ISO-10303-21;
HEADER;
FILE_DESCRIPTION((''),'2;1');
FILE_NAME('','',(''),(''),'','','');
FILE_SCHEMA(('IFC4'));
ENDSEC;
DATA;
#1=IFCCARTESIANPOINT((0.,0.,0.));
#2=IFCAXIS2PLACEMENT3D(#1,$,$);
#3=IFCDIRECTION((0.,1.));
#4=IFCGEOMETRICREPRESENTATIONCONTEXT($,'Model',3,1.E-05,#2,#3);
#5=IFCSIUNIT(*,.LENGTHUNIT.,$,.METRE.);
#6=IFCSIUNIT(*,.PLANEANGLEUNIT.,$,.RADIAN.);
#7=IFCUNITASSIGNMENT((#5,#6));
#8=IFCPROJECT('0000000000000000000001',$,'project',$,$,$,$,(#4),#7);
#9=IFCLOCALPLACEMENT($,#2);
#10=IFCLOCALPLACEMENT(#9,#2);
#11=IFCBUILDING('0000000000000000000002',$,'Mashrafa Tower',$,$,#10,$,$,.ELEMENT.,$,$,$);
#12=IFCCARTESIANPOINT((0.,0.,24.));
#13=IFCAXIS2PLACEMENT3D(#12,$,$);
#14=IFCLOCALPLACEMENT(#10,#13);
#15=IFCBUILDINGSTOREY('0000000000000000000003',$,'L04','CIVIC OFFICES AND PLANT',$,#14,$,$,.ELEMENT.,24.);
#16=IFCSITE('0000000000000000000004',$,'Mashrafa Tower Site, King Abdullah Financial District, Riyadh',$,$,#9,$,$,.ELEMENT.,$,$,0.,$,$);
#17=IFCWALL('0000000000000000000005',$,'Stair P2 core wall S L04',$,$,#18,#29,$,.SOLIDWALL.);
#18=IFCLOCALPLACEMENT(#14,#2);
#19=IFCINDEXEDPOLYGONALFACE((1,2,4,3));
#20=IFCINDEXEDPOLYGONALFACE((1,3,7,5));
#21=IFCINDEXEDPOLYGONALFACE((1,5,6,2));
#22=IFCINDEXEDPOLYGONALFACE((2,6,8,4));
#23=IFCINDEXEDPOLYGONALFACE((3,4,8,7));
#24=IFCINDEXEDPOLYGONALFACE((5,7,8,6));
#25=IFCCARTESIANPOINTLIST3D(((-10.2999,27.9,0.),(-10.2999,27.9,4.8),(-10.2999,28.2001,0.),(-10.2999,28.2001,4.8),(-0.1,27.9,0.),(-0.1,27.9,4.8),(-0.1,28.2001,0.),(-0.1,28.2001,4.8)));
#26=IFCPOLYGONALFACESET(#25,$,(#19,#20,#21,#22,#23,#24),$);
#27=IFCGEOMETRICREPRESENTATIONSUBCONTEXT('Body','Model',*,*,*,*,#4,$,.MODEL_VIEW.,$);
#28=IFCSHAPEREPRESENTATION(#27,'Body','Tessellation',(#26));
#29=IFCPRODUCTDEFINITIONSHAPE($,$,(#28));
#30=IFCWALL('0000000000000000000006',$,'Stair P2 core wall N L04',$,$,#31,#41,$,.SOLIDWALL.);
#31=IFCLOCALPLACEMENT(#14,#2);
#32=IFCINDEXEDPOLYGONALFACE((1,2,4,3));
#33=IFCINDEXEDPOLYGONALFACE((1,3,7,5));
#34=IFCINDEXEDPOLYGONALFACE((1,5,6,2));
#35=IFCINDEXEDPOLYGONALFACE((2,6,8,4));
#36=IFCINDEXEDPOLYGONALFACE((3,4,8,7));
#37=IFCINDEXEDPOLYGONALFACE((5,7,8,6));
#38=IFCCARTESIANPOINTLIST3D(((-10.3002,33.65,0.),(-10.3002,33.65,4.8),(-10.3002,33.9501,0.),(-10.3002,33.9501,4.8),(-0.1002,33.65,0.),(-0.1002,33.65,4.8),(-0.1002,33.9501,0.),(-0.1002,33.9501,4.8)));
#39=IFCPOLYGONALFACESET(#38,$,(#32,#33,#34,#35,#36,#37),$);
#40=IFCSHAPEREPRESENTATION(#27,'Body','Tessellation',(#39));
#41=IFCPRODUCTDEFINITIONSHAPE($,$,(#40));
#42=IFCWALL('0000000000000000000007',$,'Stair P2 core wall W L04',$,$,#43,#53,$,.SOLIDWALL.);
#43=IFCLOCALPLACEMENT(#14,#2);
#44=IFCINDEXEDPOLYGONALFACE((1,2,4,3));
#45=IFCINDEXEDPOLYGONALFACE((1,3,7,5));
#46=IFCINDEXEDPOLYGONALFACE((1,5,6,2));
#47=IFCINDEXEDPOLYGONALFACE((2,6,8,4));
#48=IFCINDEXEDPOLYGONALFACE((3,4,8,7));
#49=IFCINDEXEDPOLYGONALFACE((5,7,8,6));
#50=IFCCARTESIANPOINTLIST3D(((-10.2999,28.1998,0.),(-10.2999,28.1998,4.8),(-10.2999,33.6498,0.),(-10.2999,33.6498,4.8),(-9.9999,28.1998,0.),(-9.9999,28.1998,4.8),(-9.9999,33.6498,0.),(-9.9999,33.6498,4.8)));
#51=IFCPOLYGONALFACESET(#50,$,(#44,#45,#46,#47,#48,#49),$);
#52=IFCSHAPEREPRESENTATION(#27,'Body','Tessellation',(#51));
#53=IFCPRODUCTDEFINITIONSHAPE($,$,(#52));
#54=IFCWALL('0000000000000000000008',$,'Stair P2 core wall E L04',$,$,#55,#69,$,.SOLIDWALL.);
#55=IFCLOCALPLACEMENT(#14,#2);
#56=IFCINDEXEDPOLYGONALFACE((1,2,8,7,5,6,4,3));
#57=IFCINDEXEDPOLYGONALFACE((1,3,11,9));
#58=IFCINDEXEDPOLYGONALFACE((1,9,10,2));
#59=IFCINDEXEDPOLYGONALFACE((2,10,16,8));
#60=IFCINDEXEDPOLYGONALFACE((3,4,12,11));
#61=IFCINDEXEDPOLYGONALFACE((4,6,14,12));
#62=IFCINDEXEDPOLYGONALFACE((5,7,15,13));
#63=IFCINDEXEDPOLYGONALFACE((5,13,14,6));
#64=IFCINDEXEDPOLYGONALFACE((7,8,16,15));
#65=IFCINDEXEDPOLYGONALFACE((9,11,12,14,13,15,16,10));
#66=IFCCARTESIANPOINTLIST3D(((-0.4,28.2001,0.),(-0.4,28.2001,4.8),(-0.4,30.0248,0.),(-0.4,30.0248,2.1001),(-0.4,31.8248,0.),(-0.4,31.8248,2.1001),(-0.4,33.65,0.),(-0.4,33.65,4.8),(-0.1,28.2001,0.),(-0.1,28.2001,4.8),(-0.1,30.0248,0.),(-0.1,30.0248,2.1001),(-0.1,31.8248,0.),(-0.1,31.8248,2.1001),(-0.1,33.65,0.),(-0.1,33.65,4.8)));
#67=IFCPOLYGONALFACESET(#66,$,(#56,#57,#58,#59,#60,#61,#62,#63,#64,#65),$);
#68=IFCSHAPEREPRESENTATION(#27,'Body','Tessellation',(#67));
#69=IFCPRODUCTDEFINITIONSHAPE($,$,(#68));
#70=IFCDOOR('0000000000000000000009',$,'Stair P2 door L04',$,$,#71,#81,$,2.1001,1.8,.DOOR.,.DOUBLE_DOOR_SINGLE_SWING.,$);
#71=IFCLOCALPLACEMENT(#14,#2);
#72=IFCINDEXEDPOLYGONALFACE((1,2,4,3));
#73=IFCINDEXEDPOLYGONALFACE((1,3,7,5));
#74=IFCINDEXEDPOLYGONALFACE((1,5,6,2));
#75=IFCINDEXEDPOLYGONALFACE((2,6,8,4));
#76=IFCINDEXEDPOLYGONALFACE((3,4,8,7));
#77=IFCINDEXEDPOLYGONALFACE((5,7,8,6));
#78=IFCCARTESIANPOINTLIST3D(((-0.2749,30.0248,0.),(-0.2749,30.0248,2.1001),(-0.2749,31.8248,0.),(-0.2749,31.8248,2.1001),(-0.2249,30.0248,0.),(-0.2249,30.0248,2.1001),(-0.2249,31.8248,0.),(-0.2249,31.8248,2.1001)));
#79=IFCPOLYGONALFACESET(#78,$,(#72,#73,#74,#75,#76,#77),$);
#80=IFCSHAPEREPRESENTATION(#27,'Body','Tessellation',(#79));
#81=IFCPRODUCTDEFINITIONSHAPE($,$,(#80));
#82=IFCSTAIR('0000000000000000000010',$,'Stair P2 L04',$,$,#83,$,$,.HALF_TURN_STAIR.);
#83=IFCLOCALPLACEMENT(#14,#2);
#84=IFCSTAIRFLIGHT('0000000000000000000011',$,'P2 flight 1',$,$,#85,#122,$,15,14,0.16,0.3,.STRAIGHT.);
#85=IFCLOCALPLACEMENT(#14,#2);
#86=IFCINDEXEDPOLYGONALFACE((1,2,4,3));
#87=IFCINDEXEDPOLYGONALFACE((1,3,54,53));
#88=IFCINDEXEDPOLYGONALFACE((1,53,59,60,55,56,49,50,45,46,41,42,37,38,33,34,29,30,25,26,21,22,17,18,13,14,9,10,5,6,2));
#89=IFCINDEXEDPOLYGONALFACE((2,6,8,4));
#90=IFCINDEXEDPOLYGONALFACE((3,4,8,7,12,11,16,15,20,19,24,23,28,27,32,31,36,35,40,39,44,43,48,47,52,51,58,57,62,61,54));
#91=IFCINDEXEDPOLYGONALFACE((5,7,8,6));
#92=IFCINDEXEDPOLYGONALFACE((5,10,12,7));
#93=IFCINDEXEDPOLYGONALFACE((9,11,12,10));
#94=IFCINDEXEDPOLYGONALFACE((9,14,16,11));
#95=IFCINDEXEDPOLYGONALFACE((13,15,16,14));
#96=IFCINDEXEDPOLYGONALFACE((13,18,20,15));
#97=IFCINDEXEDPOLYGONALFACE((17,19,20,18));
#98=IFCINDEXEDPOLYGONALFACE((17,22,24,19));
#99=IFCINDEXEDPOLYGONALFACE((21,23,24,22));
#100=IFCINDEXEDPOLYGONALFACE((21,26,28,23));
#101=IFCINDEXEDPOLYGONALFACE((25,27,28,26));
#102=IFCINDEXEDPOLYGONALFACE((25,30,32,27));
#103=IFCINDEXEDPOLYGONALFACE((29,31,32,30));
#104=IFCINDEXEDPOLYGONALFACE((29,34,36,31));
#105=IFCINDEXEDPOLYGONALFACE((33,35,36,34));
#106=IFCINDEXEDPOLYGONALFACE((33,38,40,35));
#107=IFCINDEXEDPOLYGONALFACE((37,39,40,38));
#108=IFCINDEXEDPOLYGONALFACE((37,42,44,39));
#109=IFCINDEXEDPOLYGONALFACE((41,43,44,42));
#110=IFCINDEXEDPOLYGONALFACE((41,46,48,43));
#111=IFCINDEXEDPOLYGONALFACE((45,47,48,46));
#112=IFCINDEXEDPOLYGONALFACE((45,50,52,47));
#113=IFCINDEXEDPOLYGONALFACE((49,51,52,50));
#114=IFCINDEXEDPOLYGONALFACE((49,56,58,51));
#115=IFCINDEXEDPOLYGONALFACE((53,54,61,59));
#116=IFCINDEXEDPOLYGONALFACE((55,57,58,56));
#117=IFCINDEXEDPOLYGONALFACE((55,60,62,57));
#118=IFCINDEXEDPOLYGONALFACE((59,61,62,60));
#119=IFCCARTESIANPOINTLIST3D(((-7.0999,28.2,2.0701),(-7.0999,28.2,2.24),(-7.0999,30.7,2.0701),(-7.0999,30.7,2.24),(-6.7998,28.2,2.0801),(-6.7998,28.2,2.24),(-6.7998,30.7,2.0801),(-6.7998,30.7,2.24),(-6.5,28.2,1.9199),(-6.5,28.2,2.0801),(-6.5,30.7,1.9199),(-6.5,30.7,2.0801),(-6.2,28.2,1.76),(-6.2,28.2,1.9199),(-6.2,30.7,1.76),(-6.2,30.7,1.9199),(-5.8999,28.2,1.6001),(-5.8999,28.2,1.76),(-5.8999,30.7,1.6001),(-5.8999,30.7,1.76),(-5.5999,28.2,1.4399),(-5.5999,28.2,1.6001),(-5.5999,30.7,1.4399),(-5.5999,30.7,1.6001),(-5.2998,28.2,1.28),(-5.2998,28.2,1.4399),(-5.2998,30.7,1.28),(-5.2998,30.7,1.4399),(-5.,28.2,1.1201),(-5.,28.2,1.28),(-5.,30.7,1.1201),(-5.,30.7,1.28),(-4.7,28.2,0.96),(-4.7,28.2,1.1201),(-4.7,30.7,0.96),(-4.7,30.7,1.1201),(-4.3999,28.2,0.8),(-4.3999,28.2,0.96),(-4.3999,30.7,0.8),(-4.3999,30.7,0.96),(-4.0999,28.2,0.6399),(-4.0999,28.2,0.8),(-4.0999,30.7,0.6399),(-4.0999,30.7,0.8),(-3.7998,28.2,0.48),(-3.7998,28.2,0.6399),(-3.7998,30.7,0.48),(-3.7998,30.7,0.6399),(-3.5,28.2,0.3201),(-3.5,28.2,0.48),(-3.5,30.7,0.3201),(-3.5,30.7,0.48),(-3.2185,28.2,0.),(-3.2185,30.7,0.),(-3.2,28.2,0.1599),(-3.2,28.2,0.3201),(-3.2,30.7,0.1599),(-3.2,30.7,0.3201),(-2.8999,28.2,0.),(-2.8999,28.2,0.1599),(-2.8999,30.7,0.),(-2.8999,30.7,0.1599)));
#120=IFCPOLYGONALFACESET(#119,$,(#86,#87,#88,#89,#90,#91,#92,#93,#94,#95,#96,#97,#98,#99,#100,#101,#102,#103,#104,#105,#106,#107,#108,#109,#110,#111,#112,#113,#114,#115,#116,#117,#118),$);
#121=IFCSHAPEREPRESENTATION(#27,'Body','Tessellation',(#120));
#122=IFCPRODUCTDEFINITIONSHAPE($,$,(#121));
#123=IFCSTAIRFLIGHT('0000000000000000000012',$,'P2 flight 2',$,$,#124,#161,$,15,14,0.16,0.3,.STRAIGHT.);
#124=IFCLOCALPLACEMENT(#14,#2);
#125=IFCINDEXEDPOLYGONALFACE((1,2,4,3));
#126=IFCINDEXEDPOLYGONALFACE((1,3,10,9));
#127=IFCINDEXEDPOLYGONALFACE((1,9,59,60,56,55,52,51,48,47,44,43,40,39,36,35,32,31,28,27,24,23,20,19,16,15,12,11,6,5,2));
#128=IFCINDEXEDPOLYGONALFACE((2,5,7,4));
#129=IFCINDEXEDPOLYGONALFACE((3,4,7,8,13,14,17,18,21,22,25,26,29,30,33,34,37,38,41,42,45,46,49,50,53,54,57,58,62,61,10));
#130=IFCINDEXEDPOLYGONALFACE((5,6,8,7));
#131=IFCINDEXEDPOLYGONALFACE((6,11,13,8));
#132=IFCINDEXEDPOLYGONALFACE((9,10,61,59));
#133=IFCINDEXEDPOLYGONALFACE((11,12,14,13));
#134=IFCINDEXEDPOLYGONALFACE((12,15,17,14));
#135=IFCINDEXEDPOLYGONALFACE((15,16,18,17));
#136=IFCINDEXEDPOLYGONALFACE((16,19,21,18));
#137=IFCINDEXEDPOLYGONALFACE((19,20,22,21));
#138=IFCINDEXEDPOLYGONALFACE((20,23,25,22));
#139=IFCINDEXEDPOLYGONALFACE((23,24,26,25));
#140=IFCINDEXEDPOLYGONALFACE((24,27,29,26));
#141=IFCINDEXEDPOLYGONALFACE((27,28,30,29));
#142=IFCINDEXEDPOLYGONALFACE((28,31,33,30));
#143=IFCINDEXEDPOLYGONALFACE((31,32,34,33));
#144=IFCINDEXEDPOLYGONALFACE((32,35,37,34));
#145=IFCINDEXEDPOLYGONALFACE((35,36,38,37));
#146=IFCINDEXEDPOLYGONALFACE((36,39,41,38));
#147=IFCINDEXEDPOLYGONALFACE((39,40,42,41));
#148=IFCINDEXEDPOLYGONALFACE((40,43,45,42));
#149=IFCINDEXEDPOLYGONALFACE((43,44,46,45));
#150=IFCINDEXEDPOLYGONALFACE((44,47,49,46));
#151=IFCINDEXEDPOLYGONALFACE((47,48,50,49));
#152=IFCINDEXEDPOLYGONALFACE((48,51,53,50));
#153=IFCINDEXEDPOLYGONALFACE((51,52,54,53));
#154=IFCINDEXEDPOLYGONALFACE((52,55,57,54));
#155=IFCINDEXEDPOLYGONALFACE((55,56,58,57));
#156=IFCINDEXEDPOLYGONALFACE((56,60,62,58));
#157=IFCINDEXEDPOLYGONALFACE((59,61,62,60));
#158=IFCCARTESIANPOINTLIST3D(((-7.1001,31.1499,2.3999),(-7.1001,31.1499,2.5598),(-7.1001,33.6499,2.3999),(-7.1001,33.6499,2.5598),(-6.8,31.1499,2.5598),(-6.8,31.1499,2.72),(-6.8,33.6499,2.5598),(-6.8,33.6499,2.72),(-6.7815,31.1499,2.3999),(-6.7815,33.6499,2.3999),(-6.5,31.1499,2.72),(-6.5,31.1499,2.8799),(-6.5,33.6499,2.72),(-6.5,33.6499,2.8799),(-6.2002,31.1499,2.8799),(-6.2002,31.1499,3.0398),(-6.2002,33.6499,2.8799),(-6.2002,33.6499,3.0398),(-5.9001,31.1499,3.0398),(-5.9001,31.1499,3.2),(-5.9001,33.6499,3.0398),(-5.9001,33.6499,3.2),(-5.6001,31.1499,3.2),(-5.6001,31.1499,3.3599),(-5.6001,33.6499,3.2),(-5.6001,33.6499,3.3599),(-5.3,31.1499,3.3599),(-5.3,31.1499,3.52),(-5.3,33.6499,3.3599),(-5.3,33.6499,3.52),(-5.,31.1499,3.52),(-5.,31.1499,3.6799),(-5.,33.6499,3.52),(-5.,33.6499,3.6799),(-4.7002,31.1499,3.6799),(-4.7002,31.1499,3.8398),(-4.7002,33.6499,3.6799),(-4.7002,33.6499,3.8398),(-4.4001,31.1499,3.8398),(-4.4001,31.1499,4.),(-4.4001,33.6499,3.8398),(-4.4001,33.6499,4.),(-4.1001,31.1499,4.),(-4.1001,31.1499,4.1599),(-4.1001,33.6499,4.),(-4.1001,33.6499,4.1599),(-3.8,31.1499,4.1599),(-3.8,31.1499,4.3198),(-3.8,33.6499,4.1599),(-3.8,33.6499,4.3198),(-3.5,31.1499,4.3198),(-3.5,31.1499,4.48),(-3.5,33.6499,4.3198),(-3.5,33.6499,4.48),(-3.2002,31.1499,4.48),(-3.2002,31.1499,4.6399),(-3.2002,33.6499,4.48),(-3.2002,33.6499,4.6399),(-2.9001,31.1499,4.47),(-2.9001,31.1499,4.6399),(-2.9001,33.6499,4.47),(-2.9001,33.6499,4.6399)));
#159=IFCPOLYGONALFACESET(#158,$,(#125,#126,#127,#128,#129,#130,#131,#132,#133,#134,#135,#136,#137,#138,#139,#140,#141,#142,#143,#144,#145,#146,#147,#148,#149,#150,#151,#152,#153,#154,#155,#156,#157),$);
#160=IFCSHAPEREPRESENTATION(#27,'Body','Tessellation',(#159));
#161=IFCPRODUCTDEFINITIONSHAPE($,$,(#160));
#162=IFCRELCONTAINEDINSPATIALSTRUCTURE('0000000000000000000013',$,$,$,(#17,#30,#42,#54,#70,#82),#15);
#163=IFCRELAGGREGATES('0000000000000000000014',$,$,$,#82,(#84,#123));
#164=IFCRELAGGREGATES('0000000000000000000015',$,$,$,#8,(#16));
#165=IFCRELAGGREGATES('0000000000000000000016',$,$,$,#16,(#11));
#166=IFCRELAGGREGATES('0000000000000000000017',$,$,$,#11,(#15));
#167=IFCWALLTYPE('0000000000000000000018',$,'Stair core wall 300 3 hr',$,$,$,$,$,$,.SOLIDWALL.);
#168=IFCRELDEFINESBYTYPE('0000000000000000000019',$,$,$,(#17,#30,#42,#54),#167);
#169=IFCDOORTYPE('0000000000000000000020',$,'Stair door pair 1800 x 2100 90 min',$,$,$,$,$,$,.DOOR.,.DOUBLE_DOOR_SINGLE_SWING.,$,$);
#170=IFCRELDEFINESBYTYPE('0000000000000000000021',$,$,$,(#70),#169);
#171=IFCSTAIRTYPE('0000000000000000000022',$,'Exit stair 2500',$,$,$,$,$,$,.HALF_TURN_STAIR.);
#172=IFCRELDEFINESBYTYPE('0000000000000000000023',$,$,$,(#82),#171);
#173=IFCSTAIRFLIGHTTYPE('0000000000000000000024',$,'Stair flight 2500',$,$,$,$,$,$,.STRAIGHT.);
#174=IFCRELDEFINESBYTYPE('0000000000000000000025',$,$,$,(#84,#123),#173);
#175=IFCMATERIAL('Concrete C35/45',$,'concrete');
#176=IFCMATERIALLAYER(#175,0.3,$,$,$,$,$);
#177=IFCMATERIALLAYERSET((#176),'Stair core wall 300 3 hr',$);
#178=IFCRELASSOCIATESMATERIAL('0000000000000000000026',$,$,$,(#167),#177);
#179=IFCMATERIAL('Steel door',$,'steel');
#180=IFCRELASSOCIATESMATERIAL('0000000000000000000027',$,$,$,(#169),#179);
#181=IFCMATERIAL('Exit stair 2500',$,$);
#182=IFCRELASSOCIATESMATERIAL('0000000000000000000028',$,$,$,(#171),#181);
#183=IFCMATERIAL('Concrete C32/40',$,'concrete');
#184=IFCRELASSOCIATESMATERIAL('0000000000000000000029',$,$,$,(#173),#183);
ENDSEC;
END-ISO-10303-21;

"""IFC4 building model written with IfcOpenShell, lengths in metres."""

from ifc_helpers import new_model, si_unit, direction, frame, frame_2d, origin, place, context, subcontext, project, spatial, polyline, rectangle, outline, extrude, material, layer, layer_set, type_object, element, fill, aggregate, save


model = new_model("IFC4")

# Units and contexts
model_context = context("Model", 3, precision=1e-05, world=origin(), true_north=direction((0.0, 1.0)))
body_context = subcontext(model_context, "Body", "Model", "MODEL_VIEW")
ifc_project = project(units=[si_unit("LENGTHUNIT", "METRE"), si_unit("PLANEANGLEUNIT", "RADIAN")], contexts=[model_context])

# Site, building, storey
site_placement = place(None, origin())
site = spatial("IfcSite", under=ifc_project, at=site_placement, Name="Mashrafa Tower Site, King Abdullah Financial District, Riyadh", CompositionType="ELEMENT", RefElevation=0.0)
building_placement = place(site_placement, origin())
building = spatial("IfcBuilding", under=site, at=building_placement, Name="Mashrafa Tower", CompositionType="ELEMENT")
storey_placement = place(building_placement, frame((0.0, 0.0, 24.0)))
storey = spatial("IfcBuildingStorey", under=building, at=storey_placement, Name="L04", Description="CIVIC OFFICES AND PLANT", CompositionType="ELEMENT", Elevation=24.0)

# Walls
ifc_material_1 = material(Name="Concrete C35/45", Category="concrete")
ifc_layer = layer(ifc_material_1, 0.3)
ifc_layer_set = layer_set([ifc_layer], Name="Stair core wall 300 3 hr")
wall_type = type_object("IfcWallType", Name="Stair core wall 300 3 hr", PredefinedType="SOLIDWALL", material=ifc_layer_set)
for number, where, z_axis, x_axis, name in (
    (1, (-10.3, 28.05, 0.0), (0.0, 0.0, 1.0), (1.0, 0.0, 0.0), "Stair P2 core wall S L04"),
    (2, (-0.1001, 33.8, 0.0), (0.0, 0.0, 1.0), (-1.0, 0.0, 0.0), "Stair P2 core wall N L04"),
):
    element("IfcWall", number, at=place(storey_placement, frame(where, z_axis=z_axis, x_axis=x_axis)), inside=storey, type_object=wall_type, Name=name, PredefinedType="SOLIDWALL", context=body_context, shape_type="SweptSolid", body=[
        extrude(rectangle(XDim=10.2, YDim=0.3, at=frame_2d((5.1001, 0.0))), origin(), (0.0, 0.0, 1.0), 4.8),
    ])
wall_1_placement = place(storey_placement, frame((-10.1499, 33.6499, 0.0), z_axis=(0.0, 0.0, 1.0), x_axis=(0.0, -1.0, 0.0)))
element("IfcWall", 3, at=wall_1_placement, inside=storey, type_object=wall_type, Name="Stair P2 core wall W L04", PredefinedType="SOLIDWALL", context=body_context, shape_type="SweptSolid", body=[
    extrude(rectangle(XDim=5.45, YDim=0.3, at=frame_2d((2.7251, 0.0))), origin(), (0.0, 0.0, 1.0), 4.8),
])

# Wall, opening, door
wall_2_placement = place(storey_placement, frame((-0.25, 28.2, 0.0), z_axis=(0.0, 0.0, 1.0), x_axis=(0.0, 1.0, 0.0)))
wall_2 = element("IfcWall", 4, at=wall_2_placement, inside=storey, type_object=wall_type, Name="Stair P2 core wall E L04", PredefinedType="SOLIDWALL", context=body_context, shape_type="SweptSolid", body=[
    extrude(rectangle(XDim=5.45, YDim=0.3, at=frame_2d((2.7251, 0.0))), origin(), (0.0, 0.0, 1.0), 4.8),
])
opening_placement = place(wall_2_placement, frame((1.825, 0.0, 0.0)))
opening = element("IfcOpeningElement", 5, at=opening_placement, cuts=wall_2, PredefinedType="OPENING", context=body_context, shape_type="SweptSolid", body=[
    extrude(rectangle(XDim=1.8, YDim=2.1001, at=frame_2d((0.8999, 1.05))), frame((0.0, 0.1599, 0.0), z_axis=(0.0, -1.0, 0.0), x_axis=(1.0, 0.0, 0.0)), (0.0, 0.0, 1.0), 0.3201),
])
ifc_material_2 = material(Name="Steel door", Category="steel")
door_type = type_object("IfcDoorType", Name="Stair door pair 1800 x 2100 90 min", OperationType="DOUBLE_DOOR_SINGLE_SWING", PredefinedType="DOOR", material=ifc_material_2)
door_placement = place(opening_placement, origin())
door = element("IfcDoor", 6, at=door_placement, inside=storey, type_object=door_type, Name="Stair P2 door L04", OperationType="DOUBLE_DOOR_SINGLE_SWING", OverallHeight=2.1001, OverallWidth=1.8, PredefinedType="DOOR", context=body_context, shape_type="SweptSolid", body=[
    extrude(rectangle(XDim=1.8, YDim=2.1001, at=frame_2d((0.8999, 1.05))), frame((0.0, 0.0249, 0.0), z_axis=(0.0, -1.0, 0.0), x_axis=(1.0, 0.0, 0.0)), (0.0, 0.0, 1.0), 0.05),
])
fill(opening, door)

# Stair, stair flights
ifc_material_3 = material(Name="Exit stair 2500")
stair_type = type_object("IfcStairType", Name="Exit stair 2500", PredefinedType="HALF_TURN_STAIR", material=ifc_material_3)
stair_placement = place(storey_placement, origin())
stair = element("IfcStair", 7, at=stair_placement, inside=storey, type_object=stair_type, Name="Stair P2 L04", PredefinedType="HALF_TURN_STAIR")
ifc_material_4 = material(Name="Concrete C32/40", Category="concrete")
stair_flight_type = type_object("IfcStairFlightType", Name="Stair flight 2500", PredefinedType="STRAIGHT", material=ifc_material_4)
stair_flight_1_placement = place(storey_placement, frame((-2.8999, 29.45, 0.0), z_axis=(0.0, 0.0, 1.0), x_axis=(-1.0, 0.0, 0.0)))
stair_flight_1 = element("IfcStairFlight", 8, at=stair_flight_1_placement, type_object=stair_flight_type, Name="P2 flight 1", NumberOfRisers=15, NumberOfTreads=14, PredefinedType="STRAIGHT", RiserHeight=0.16, TreadLength=0.3, context=body_context, shape_type="SweptSolid", body=[
    extrude(outline(polyline([(0.0, 0.0), (0.0, 0.1599), (0.3, 0.1599), (0.3, 0.3201), (0.6001, 0.3201), (0.6001, 0.48), (0.8999, 0.48), (0.8999, 0.6399), (1.2, 0.6399), (1.2, 0.8), (1.5, 0.8), (1.5, 0.96), (1.8, 0.96), (1.8, 1.1201), (2.1001, 1.1201), (2.1001, 1.28), (2.3999, 1.28), (2.3999, 1.4399), (2.7, 1.4399), (2.7, 1.6001), (3.0, 1.6001), (3.0, 1.76), (3.3, 1.76), (3.3, 1.9199), (3.6001, 1.9199), (3.6001, 2.0801), (3.8999, 2.0801), (3.8999, 2.24), (4.2, 2.24), (4.2, 2.3999), (4.2, 2.0701), (0.3186, 0.0), (0.0, 0.0)])), frame((0.0, 1.25, 0.0), z_axis=(0.0, -1.0, 0.0), x_axis=(1.0, 0.0, 0.0)), (0.0, 0.0, 1.0), 2.5),
])
stair_flight_2_placement = place(storey_placement, frame((-7.1001, 32.3999, 2.3999), z_axis=(0.0, 0.0, 1.0), x_axis=(1.0, 0.0, 0.0)))
stair_flight_2 = element("IfcStairFlight", 9, at=stair_flight_2_placement, type_object=stair_flight_type, Name="P2 flight 2", NumberOfRisers=15, NumberOfTreads=14, PredefinedType="STRAIGHT", RiserHeight=0.16, TreadLength=0.3, context=body_context, shape_type="SweptSolid", body=[
    extrude(outline(polyline([(0.0, 0.0), (0.0, 0.1599), (0.3, 0.1599), (0.3, 0.3201), (0.6001, 0.3201), (0.6001, 0.48), (0.8999, 0.48), (0.8999, 0.6399), (1.2, 0.6399), (1.2, 0.8), (1.5, 0.8), (1.5, 0.96), (1.8, 0.96), (1.8, 1.1201), (2.1001, 1.1201), (2.1001, 1.28), (2.3999, 1.28), (2.3999, 1.4399), (2.7, 1.4399), (2.7, 1.6001), (3.0, 1.6001), (3.0, 1.76), (3.3, 1.76), (3.3, 1.9199), (3.6001, 1.9199), (3.6001, 2.0801), (3.8999, 2.0801), (3.8999, 2.24), (4.2, 2.24), (4.2, 2.3999), (4.2, 2.0701), (0.3186, 0.0), (0.0, 0.0)])), frame((0.0, 1.25, 0.0), z_axis=(0.0, -1.0, 0.0), x_axis=(1.0, 0.0, 0.0)), (0.0, 0.0, 1.0), 2.5),
])
aggregate(stair, [stair_flight_1, stair_flight_2])

save(model, "model.ifc")
